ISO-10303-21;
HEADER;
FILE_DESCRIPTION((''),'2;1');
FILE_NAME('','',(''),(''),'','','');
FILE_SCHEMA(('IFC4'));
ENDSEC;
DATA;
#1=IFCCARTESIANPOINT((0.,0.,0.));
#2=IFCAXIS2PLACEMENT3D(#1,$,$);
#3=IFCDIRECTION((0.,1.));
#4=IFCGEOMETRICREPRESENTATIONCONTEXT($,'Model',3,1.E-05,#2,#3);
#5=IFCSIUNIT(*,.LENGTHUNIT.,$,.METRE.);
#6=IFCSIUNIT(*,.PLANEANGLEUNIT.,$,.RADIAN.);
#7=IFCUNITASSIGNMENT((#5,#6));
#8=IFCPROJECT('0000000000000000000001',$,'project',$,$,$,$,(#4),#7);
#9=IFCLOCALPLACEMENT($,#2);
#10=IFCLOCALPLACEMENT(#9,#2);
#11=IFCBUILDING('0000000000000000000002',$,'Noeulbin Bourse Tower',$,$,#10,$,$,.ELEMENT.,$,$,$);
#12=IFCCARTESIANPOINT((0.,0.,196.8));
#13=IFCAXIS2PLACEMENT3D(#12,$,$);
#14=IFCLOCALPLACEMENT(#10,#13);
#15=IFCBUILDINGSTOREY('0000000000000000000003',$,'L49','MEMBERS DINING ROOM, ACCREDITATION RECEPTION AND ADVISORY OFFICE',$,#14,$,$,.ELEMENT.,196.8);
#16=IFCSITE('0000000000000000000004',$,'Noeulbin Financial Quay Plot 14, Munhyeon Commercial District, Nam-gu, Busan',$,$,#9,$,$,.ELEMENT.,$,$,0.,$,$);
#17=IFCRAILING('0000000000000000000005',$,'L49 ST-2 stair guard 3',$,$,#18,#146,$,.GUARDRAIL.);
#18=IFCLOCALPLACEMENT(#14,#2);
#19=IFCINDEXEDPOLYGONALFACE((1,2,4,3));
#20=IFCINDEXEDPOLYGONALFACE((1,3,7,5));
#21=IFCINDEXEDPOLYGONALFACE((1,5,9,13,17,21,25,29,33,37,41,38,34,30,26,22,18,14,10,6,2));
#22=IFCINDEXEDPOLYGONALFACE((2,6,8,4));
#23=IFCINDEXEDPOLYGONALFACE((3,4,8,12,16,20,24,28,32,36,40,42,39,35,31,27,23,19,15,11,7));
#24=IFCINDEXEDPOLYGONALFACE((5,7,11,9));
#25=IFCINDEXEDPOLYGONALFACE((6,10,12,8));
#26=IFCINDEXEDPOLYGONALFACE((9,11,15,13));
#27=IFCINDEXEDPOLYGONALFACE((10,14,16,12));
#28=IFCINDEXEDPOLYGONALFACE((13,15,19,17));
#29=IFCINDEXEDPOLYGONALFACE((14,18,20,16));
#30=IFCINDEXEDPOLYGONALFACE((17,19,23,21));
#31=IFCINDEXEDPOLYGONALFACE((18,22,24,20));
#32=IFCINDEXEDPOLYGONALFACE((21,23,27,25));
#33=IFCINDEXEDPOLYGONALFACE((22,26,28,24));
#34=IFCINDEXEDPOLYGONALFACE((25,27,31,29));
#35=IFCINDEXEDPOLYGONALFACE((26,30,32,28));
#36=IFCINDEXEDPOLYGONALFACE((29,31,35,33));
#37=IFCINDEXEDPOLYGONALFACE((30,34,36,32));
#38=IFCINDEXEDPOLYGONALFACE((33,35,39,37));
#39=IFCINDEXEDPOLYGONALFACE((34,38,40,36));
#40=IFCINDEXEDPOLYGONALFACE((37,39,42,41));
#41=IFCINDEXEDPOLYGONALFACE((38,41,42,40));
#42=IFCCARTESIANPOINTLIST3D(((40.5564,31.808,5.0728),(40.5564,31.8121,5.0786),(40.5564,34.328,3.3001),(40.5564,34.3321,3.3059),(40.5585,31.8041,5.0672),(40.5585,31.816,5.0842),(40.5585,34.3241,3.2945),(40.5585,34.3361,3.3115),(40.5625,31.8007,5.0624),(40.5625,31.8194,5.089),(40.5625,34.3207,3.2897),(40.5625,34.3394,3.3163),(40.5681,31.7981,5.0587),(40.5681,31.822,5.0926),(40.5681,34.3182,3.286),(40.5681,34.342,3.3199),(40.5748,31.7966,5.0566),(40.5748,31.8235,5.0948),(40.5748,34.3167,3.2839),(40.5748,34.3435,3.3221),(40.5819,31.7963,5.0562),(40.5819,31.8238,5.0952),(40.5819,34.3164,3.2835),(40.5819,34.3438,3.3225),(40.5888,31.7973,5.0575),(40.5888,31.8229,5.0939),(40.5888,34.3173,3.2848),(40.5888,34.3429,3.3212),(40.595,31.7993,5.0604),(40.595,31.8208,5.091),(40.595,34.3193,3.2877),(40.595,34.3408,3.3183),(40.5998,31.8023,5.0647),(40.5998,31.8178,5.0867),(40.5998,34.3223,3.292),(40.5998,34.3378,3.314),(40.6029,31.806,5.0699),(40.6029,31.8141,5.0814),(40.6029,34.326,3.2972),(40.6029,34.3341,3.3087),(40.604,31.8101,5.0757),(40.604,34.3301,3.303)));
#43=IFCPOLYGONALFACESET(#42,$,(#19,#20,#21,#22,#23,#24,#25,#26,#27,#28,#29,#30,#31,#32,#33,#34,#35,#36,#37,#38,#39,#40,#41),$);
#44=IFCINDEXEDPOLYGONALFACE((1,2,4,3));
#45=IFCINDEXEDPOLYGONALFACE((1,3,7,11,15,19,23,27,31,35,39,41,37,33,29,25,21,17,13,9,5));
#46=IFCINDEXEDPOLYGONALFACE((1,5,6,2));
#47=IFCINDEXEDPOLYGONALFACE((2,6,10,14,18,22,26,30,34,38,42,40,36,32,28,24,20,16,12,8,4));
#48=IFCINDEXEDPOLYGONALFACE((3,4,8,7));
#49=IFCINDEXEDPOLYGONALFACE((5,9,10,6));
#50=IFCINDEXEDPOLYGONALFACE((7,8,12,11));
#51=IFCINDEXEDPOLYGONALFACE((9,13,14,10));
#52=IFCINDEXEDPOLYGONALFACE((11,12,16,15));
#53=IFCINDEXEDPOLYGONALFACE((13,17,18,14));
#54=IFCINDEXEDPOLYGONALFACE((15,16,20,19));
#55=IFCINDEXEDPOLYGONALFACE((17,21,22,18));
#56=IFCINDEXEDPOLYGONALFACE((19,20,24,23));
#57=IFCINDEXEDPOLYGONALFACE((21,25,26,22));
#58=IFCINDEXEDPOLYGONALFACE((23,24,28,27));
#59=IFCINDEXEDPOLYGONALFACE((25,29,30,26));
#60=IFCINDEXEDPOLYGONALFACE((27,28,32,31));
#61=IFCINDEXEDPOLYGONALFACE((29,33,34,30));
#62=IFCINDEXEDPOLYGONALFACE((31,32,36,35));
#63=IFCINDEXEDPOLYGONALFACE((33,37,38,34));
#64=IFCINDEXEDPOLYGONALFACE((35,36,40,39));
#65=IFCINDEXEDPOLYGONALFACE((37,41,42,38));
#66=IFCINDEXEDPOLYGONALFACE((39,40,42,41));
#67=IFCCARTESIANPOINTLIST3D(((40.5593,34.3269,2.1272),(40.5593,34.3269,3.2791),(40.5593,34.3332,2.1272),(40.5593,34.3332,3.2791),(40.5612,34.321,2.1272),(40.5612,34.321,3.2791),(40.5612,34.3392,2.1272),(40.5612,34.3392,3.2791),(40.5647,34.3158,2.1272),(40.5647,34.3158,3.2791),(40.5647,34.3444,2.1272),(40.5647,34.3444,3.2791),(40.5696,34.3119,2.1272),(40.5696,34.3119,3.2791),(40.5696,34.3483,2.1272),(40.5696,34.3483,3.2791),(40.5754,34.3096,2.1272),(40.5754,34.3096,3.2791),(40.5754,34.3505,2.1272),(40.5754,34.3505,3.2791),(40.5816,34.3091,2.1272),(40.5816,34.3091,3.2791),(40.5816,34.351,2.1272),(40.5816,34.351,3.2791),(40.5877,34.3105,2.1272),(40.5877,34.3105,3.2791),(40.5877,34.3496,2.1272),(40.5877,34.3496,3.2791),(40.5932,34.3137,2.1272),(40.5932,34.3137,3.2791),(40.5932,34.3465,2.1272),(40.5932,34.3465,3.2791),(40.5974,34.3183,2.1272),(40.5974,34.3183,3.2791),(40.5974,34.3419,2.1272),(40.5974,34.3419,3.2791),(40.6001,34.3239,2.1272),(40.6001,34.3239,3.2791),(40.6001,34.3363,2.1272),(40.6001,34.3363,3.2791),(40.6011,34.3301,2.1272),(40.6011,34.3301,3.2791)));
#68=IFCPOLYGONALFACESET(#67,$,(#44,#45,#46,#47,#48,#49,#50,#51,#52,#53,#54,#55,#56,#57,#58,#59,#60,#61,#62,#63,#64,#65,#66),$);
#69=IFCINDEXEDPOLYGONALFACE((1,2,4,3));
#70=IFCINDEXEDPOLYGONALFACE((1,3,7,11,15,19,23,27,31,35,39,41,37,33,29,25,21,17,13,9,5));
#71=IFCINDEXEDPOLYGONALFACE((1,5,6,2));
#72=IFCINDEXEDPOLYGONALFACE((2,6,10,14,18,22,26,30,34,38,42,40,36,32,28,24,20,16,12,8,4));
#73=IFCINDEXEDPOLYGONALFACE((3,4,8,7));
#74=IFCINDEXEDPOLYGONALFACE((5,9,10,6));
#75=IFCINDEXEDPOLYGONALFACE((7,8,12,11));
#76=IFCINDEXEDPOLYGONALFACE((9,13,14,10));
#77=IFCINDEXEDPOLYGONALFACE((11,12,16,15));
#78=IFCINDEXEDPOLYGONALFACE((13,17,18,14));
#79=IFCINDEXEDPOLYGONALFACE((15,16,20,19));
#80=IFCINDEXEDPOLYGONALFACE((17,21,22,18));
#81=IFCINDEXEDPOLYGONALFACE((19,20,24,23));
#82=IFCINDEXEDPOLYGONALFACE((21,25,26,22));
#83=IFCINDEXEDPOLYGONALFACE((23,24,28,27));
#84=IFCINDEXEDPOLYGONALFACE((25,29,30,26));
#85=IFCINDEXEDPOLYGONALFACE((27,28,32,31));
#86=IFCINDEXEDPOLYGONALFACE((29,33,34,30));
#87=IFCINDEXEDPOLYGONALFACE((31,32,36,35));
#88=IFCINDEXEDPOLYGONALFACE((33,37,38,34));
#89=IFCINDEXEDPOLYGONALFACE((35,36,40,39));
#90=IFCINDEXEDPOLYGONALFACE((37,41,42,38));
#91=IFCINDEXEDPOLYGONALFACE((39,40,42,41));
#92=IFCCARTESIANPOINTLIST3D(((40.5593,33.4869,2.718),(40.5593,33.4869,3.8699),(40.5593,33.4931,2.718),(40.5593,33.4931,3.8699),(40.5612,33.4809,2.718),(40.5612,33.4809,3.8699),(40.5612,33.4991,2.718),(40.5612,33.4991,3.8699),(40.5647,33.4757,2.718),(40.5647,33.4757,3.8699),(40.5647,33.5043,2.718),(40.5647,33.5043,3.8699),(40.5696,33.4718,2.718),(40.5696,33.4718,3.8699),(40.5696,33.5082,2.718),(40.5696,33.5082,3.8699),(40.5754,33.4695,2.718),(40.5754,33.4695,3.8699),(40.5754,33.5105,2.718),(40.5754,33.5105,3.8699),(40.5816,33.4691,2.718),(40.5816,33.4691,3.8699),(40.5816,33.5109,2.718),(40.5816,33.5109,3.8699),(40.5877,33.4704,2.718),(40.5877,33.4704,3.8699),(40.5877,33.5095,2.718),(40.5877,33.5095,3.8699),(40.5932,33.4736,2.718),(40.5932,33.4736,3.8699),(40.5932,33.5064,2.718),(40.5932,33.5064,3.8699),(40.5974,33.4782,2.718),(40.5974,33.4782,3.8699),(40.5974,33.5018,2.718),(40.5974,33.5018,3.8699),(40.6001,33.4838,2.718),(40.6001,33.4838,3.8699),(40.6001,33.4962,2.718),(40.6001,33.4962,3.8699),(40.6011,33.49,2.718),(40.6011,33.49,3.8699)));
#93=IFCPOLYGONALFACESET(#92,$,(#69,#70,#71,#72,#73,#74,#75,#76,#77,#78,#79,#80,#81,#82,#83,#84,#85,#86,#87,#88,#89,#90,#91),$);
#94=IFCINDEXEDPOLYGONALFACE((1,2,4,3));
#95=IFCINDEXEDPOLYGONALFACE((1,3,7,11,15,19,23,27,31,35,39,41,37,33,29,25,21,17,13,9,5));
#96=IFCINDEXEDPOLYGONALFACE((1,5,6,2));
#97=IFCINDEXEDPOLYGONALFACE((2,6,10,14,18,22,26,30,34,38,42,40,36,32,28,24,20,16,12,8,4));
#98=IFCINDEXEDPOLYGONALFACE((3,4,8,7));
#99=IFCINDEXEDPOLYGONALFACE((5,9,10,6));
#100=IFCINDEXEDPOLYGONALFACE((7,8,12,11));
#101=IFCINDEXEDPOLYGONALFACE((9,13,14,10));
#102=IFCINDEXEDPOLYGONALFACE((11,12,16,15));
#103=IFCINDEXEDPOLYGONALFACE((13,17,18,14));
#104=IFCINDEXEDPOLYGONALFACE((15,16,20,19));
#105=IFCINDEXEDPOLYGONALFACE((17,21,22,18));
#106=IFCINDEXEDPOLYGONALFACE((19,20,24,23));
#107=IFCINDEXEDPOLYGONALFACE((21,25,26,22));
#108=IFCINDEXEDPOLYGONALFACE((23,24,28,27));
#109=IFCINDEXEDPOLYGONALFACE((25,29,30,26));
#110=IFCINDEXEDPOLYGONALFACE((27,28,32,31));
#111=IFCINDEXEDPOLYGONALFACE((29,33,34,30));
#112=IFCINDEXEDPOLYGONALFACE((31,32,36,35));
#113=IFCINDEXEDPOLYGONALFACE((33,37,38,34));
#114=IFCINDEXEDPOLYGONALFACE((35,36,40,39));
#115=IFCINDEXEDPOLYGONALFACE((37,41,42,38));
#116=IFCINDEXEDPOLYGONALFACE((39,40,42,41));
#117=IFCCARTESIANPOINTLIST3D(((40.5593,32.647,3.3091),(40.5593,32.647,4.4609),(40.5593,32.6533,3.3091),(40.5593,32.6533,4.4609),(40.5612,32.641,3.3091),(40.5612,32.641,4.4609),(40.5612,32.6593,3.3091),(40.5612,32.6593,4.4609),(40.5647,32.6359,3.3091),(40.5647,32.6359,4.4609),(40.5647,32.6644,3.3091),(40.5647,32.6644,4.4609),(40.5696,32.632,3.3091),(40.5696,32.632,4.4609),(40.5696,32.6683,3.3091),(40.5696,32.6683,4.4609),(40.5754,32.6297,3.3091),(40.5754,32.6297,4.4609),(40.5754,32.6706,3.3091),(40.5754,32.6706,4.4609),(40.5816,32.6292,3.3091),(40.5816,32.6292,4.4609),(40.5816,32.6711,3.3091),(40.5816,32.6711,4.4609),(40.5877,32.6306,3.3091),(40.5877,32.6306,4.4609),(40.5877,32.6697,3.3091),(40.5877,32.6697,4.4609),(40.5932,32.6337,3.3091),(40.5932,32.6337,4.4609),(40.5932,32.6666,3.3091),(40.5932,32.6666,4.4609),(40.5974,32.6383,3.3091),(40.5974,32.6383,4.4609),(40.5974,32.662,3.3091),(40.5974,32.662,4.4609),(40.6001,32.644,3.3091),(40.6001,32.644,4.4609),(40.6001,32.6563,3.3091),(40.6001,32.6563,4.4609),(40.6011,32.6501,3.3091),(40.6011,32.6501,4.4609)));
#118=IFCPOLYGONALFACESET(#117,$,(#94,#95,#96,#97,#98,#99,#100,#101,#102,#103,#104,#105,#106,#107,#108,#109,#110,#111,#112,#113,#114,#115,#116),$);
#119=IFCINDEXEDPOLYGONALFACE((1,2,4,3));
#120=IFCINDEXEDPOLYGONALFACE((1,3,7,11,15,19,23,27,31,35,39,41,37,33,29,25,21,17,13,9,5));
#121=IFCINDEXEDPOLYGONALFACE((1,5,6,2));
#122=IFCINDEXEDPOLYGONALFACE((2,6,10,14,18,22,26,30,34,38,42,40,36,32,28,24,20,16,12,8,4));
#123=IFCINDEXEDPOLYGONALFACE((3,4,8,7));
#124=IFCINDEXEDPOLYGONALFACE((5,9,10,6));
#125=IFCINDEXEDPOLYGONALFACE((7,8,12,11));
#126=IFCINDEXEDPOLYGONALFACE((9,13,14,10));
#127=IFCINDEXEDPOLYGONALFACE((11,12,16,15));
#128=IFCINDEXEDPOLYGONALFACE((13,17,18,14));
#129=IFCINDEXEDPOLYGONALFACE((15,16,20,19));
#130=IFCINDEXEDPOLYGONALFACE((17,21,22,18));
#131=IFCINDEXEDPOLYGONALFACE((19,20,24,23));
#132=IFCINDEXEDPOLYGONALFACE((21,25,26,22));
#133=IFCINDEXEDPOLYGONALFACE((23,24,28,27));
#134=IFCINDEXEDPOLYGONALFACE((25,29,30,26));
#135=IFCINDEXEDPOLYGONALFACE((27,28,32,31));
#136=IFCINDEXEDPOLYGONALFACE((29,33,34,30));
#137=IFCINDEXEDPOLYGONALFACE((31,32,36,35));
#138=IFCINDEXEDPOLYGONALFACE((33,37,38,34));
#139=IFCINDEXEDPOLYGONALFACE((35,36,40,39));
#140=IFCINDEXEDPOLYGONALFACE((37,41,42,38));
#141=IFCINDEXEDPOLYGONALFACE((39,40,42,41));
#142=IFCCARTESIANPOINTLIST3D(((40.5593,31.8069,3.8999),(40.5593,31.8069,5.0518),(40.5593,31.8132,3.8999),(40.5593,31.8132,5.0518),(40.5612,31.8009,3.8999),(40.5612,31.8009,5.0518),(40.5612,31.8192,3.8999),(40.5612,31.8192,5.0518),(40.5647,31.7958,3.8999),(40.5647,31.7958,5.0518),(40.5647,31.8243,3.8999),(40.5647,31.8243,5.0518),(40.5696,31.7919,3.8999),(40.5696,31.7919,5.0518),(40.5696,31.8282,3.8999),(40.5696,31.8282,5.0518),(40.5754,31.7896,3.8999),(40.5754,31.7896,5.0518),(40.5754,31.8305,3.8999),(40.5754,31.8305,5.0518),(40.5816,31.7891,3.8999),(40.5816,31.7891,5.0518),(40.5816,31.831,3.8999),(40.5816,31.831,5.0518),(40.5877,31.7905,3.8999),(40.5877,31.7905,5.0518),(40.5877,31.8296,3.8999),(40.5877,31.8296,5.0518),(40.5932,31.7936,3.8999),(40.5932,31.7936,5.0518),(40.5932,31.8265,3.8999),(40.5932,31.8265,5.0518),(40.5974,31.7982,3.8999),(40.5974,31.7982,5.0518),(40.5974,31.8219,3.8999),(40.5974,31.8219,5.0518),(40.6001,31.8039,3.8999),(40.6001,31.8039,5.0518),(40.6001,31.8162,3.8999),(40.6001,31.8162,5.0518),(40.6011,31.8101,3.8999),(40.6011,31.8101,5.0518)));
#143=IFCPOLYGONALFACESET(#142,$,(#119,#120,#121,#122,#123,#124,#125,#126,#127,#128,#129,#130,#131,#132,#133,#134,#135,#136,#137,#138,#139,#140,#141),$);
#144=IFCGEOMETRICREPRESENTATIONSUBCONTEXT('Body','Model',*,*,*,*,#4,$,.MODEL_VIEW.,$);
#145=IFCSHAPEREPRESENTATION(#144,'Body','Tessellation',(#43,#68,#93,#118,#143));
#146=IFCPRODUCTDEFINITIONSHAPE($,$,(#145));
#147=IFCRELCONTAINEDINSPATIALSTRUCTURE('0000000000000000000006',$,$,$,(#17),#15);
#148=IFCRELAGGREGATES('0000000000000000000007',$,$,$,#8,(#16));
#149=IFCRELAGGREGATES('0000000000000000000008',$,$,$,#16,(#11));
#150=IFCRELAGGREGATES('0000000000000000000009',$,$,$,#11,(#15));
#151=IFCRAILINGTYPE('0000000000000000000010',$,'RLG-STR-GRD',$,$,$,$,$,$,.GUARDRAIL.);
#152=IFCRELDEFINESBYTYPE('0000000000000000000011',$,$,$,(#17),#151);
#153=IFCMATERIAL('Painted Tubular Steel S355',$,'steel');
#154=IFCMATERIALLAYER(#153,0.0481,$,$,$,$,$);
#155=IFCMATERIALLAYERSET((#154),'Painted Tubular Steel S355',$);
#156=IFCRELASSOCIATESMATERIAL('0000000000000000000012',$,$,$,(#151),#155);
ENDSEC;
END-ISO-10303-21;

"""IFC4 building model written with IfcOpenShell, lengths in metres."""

from ifc_helpers import new_model, si_unit, direction, frame, origin, origin_2d, place, context, subcontext, project, spatial, circle, extrude, material, layer, layer_set, type_object, element, save


model = new_model("IFC4")

# Units and contexts
model_context = context("Model", 3, precision=1e-05, world=origin(), true_north=direction((0.0, 1.0)))
body_context = subcontext(model_context, "Body", "Model", "MODEL_VIEW")
ifc_project = project(units=[si_unit("LENGTHUNIT", "METRE"), si_unit("PLANEANGLEUNIT", "RADIAN")], contexts=[model_context])

# Site, building, storey
site_placement = place(None, origin())
site = spatial("IfcSite", under=ifc_project, at=site_placement, Name="Noeulbin Financial Quay Plot 14, Munhyeon Commercial District, Nam-gu, Busan", CompositionType="ELEMENT", RefElevation=0.0)
building_placement = place(site_placement, origin())
building = spatial("IfcBuilding", under=site, at=building_placement, Name="Noeulbin Bourse Tower", CompositionType="ELEMENT")
storey_placement = place(building_placement, frame((0.0, 0.0, 196.8)))
storey = spatial("IfcBuildingStorey", under=building, at=storey_placement, Name="L49", Description="MEMBERS DINING ROOM, ACCREDITATION RECEPTION AND ADVISORY OFFICE", CompositionType="ELEMENT", Elevation=196.8)

# Railing
ifc_material_1 = material(Name="Painted Tubular Steel S355", Category="steel")
ifc_layer_1 = layer(ifc_material_1, 0.0481)
ifc_layer_set_1 = layer_set([ifc_layer_1], Name="Painted Tubular Steel S355")
railing_type_1 = type_object("IfcRailingType", Name="RLG-STR-GRD", PredefinedType="GUARDRAIL", material=ifc_layer_set_1)
railing_1_placement = place(storey_placement, frame((40.5801, 34.3301, 2.1272)))
element("IfcRailing", 1, at=railing_1_placement, inside=storey, type_object=railing_type_1, Name="L49 ST-2 stair guard 3", PredefinedType="GUARDRAIL", context=body_context, shape_type="SweptSolid", body=[
    extrude(circle(Radius=0.0239, at=origin_2d()), frame((0.0, 0.0, 1.1758), z_axis=(0.0, -0.817904, 0.575354), x_axis=(1.0, 0.0, 0.0)), (0.0, 0.0, 1.0), 3.0811),
    extrude(circle(Radius=0.021, at=origin_2d()), origin(), (0.0, 0.0, 1.0), 1.1519),
    extrude(circle(Radius=0.021, at=origin_2d()), frame((0.0, -0.8401, 0.5908)), (0.0, 0.0, 1.0), 1.1519),
    extrude(circle(Radius=0.021, at=origin_2d()), frame((0.0, -1.6799, 1.1819)), (0.0, 0.0, 1.0), 1.1519),
    extrude(circle(Radius=0.021, at=origin_2d()), frame((0.0, -2.52, 1.7727)), (0.0, 0.0, 1.0), 1.1519),
])

save(model, "model.ifc")
